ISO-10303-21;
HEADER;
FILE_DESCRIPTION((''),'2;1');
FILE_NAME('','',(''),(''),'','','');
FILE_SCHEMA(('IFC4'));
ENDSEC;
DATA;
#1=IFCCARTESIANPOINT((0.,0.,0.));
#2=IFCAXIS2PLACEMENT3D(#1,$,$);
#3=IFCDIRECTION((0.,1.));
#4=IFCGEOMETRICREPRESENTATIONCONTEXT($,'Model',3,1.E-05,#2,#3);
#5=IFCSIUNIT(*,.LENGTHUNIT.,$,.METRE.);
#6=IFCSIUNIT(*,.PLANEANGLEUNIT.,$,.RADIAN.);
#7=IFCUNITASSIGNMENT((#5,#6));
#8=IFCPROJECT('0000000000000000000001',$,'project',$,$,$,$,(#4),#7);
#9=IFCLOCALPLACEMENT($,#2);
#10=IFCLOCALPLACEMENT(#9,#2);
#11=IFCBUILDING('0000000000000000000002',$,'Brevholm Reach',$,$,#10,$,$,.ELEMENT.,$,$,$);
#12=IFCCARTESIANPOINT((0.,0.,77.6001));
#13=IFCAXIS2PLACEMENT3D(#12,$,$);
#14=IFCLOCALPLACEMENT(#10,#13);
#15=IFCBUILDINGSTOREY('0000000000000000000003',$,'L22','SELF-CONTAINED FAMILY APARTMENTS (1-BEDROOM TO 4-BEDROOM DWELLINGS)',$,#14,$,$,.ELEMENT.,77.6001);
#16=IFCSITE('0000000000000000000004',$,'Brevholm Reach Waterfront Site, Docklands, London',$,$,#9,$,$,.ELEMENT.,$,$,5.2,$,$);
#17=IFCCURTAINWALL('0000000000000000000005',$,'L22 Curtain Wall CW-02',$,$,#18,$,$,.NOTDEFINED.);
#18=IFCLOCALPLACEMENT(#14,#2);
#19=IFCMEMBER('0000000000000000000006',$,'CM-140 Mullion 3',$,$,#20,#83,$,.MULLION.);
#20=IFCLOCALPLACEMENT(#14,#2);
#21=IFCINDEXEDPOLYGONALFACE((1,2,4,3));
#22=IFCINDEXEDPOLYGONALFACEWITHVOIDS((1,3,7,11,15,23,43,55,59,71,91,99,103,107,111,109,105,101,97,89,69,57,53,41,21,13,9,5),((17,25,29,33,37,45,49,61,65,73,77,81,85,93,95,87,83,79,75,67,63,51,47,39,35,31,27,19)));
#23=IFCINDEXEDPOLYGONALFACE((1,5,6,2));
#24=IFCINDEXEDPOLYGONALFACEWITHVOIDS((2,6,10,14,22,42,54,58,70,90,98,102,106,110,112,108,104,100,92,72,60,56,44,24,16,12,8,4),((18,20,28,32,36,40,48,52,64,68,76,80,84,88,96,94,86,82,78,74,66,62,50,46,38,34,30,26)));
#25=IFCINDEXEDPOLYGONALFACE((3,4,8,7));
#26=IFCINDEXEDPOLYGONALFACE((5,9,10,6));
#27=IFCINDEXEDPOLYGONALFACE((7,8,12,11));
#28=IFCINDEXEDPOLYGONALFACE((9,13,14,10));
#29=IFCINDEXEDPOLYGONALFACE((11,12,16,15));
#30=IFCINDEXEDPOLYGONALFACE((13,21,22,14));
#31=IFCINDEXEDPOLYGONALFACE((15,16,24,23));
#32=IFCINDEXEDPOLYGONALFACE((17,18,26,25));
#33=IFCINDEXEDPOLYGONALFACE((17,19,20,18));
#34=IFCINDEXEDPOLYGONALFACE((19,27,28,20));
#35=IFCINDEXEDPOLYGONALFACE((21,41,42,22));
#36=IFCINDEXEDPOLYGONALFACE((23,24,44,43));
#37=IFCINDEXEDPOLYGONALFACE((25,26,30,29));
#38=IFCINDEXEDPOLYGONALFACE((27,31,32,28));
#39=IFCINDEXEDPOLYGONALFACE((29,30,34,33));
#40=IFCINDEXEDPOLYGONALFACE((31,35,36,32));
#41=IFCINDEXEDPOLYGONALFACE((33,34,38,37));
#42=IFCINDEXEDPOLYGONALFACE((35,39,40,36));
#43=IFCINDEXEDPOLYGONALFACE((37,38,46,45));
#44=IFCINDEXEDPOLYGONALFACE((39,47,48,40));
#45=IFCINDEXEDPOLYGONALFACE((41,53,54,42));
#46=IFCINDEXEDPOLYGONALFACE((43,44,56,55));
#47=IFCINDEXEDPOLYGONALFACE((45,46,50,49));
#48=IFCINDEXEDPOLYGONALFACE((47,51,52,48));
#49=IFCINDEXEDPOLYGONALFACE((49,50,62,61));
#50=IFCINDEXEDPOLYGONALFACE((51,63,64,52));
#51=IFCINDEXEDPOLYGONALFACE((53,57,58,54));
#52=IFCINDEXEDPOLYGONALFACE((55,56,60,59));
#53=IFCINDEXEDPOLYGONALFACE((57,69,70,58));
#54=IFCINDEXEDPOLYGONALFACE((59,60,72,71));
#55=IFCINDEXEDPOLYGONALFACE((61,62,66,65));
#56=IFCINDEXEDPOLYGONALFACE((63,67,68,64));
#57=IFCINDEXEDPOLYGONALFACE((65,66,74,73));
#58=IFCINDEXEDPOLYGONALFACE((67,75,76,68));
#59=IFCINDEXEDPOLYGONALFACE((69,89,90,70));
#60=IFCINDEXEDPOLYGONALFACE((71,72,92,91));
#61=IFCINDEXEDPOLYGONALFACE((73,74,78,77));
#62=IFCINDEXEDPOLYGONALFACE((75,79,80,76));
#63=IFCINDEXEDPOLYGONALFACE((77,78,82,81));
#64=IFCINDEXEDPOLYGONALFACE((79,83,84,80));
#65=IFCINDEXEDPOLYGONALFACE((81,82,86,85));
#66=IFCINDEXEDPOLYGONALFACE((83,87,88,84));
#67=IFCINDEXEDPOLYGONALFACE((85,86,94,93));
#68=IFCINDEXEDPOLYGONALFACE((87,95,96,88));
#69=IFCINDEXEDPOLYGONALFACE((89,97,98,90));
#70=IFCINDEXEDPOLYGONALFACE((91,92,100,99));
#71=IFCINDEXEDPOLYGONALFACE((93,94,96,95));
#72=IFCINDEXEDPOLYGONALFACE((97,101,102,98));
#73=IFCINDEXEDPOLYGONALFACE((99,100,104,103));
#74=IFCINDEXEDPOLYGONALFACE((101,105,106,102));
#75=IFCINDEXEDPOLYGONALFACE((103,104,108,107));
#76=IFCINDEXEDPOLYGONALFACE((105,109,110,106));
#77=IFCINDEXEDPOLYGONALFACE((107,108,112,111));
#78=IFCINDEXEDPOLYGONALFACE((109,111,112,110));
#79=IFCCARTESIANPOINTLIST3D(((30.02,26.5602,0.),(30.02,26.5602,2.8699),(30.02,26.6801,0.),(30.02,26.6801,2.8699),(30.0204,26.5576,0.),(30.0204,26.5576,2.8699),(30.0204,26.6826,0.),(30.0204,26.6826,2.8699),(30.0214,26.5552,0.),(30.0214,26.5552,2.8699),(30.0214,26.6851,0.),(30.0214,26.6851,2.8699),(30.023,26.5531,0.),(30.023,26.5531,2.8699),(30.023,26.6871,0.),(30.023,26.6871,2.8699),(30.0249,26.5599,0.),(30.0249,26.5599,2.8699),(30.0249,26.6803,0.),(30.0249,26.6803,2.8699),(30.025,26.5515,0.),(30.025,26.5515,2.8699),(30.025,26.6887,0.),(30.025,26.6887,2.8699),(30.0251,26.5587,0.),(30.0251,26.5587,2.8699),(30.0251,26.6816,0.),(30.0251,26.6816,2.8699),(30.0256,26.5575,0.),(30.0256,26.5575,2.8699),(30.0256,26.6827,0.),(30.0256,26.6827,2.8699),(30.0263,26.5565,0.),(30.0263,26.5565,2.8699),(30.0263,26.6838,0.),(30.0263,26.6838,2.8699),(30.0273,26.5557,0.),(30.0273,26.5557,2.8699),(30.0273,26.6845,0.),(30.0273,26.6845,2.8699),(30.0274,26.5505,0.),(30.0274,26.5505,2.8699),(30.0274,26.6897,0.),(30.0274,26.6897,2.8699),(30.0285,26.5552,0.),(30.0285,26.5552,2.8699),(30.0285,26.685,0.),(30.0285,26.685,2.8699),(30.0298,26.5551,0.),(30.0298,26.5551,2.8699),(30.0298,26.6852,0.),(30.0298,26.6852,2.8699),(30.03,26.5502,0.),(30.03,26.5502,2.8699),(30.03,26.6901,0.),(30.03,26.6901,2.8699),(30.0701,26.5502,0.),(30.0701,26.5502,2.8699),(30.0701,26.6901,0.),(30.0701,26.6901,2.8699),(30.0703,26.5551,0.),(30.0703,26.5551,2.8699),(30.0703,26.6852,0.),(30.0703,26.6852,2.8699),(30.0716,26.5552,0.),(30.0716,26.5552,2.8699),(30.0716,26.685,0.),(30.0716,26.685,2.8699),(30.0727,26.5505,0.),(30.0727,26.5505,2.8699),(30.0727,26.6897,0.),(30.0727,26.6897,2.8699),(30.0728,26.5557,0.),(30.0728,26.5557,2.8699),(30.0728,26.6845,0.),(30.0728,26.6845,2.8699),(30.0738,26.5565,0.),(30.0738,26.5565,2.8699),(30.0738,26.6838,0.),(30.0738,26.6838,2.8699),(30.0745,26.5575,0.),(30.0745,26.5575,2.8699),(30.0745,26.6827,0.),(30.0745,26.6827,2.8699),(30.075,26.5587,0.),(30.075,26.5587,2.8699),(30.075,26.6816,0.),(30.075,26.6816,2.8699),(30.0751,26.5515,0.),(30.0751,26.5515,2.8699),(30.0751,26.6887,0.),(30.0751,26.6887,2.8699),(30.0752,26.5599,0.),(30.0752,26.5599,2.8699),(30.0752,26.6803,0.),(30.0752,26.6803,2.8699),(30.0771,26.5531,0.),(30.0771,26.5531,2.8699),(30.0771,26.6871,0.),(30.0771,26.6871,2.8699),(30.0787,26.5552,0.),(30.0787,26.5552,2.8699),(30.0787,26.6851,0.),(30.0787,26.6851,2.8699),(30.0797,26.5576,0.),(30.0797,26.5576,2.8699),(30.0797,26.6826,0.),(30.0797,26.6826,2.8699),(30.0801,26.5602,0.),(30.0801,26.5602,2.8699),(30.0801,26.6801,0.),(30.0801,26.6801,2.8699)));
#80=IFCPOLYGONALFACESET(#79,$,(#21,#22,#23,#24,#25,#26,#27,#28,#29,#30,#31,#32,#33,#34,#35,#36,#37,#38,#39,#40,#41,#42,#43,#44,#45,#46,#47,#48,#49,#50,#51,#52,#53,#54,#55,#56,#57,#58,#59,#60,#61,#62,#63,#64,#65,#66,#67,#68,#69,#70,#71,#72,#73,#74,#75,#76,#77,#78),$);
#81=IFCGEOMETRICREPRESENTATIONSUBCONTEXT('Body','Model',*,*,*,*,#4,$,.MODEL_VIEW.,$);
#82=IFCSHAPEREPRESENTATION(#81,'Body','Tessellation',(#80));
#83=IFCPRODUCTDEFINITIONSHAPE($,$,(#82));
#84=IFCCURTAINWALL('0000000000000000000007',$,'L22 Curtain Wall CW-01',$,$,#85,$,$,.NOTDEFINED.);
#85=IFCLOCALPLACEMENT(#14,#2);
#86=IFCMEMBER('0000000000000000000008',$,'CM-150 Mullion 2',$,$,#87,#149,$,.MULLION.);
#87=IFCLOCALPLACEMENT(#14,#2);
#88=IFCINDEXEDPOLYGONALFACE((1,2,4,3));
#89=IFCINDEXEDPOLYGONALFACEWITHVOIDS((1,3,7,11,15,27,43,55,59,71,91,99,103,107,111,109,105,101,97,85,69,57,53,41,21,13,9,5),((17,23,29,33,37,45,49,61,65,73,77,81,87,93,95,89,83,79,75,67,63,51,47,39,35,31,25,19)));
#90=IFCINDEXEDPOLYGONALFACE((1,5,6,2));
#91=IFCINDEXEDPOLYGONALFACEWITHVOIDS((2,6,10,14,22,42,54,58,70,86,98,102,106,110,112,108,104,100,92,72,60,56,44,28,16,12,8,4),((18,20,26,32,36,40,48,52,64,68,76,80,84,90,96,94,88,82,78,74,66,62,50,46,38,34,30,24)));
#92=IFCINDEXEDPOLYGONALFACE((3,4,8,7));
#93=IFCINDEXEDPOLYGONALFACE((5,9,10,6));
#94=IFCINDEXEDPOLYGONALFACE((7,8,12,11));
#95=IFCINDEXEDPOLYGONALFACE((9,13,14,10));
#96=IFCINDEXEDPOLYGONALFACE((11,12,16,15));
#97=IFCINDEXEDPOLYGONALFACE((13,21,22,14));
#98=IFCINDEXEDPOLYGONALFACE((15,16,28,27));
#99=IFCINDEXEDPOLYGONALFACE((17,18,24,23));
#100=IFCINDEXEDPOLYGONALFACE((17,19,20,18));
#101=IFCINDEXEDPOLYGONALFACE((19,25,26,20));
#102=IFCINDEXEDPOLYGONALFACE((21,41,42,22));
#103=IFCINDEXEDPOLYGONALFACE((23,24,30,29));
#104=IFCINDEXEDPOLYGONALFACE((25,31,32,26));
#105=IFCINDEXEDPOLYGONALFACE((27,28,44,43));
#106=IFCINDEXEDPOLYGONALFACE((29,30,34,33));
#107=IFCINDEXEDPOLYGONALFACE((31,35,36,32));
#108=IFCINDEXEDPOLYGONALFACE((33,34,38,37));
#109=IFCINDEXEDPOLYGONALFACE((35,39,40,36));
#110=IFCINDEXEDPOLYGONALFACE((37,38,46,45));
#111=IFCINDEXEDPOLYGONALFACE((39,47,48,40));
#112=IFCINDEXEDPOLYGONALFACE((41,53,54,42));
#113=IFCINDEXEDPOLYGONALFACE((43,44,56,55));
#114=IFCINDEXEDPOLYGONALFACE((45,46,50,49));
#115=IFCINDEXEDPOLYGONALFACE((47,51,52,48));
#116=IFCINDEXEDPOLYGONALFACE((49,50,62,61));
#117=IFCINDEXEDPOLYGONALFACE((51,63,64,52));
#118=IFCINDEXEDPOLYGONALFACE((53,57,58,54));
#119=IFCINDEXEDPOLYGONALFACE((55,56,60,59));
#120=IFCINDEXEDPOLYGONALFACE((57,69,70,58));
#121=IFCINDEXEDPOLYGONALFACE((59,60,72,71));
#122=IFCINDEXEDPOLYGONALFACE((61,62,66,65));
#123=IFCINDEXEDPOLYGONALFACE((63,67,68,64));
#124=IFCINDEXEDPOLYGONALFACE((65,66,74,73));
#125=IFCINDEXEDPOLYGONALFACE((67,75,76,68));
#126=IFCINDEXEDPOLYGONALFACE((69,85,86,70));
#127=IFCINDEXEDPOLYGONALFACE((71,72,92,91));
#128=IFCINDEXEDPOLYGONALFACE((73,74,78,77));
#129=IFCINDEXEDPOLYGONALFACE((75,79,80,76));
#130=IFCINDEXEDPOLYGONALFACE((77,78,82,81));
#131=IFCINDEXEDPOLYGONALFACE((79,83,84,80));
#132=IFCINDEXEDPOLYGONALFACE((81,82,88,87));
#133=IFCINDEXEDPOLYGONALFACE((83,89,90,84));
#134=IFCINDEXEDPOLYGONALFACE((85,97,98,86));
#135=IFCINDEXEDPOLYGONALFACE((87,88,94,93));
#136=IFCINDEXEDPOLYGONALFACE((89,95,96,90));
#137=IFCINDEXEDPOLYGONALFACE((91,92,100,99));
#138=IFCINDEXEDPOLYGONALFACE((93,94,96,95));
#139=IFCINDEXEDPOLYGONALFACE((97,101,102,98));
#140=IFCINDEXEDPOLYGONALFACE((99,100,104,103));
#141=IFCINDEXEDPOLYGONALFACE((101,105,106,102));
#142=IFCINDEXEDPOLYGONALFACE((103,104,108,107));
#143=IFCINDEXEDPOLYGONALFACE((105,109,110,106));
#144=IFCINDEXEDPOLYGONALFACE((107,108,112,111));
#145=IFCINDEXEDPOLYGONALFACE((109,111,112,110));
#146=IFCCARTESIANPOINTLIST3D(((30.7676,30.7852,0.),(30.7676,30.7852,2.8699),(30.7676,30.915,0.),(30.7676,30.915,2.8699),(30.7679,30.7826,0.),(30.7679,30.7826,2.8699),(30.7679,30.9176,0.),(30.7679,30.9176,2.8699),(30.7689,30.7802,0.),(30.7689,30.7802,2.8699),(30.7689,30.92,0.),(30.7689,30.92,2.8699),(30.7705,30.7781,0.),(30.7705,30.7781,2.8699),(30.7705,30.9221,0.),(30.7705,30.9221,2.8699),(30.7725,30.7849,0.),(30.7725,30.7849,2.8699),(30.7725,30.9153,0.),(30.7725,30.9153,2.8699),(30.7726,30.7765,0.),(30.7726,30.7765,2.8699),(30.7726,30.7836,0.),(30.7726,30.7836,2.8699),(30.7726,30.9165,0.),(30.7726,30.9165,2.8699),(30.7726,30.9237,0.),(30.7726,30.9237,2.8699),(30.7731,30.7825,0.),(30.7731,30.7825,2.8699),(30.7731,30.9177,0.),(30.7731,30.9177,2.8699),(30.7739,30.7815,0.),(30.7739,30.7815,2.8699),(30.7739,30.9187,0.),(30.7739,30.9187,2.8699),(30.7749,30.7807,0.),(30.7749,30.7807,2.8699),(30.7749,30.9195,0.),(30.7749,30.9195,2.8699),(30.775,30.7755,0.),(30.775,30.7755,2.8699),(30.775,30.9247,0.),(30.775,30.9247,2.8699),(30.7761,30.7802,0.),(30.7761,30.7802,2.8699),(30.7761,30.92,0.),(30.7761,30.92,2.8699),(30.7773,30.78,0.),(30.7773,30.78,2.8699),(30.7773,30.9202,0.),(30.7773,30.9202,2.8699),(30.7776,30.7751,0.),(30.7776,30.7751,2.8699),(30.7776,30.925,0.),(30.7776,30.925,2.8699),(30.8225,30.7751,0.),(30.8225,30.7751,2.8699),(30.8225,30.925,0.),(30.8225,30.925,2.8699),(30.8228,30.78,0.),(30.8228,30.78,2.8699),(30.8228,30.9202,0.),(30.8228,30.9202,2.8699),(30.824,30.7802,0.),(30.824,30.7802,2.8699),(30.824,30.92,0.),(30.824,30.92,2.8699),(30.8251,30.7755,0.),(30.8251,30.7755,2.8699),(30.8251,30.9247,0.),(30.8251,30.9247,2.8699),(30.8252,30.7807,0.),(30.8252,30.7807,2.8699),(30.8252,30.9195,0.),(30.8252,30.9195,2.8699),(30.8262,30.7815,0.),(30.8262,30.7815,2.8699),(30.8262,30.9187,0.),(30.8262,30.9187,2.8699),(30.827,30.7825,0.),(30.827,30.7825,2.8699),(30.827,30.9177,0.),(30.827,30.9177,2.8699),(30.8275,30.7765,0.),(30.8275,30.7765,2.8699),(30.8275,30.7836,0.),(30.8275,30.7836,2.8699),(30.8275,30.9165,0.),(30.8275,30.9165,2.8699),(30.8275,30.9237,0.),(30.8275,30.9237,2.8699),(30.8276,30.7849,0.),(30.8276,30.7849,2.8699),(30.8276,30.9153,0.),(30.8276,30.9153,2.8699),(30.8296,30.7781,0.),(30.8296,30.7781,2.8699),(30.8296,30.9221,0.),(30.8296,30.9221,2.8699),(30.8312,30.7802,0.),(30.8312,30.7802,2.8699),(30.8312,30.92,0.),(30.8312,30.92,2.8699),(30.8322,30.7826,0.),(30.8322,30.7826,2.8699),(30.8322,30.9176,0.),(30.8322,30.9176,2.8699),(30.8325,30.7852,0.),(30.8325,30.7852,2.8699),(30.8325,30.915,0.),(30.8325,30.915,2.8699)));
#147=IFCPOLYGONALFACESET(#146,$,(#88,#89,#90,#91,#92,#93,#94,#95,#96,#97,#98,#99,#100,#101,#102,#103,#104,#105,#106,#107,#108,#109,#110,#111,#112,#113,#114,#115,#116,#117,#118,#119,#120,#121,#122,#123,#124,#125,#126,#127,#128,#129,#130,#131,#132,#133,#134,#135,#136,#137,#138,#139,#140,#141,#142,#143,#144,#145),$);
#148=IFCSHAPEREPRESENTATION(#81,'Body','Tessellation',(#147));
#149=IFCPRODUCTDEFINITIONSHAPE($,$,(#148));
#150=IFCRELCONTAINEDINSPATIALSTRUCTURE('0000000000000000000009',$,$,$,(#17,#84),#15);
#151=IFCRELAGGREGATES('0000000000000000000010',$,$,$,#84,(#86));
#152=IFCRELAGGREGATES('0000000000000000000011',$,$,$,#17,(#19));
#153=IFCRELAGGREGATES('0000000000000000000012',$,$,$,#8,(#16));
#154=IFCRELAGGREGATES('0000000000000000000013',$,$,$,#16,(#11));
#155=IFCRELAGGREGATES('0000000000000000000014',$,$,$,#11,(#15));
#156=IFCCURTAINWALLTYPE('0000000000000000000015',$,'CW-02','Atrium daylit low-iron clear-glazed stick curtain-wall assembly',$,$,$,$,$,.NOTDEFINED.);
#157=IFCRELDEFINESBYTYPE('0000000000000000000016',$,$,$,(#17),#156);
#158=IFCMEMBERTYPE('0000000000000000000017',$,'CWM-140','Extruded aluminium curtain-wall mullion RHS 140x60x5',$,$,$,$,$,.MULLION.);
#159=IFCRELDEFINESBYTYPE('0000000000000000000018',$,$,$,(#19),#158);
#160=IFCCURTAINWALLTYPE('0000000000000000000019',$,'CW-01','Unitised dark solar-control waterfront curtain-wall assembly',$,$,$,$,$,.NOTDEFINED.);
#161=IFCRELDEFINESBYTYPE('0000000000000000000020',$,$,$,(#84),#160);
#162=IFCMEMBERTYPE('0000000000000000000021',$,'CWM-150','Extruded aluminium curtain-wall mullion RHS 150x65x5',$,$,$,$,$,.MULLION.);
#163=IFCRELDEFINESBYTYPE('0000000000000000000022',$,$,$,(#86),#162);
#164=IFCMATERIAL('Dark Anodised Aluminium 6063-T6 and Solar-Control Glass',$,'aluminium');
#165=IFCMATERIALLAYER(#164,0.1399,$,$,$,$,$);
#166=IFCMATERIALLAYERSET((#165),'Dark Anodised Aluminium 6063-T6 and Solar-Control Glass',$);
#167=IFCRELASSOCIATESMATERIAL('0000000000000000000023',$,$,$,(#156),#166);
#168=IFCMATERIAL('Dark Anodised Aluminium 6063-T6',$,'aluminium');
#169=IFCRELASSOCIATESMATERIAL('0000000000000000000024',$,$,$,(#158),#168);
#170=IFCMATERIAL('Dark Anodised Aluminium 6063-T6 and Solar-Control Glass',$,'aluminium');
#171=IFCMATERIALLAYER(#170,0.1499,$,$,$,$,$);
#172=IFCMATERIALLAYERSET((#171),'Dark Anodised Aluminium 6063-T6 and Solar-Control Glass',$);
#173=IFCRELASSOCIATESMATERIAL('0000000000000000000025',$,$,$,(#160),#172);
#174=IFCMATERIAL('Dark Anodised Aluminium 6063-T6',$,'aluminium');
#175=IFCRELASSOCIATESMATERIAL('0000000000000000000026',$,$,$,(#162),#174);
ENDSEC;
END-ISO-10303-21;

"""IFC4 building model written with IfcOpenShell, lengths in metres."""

from ifc_helpers import new_model, si_unit, direction, frame, origin, origin_2d, place, context, subcontext, project, spatial, hollow_rectangle, extrude, material, layer, layer_set, material_profile, profile_set, type_object, element, aggregate, save


model = new_model("IFC4")

# Units and contexts
model_context = context("Model", 3, precision=1e-05, world=origin(), true_north=direction((0.0, 1.0)))
body_context = subcontext(model_context, "Body", "Model", "MODEL_VIEW")
ifc_project = project(units=[si_unit("LENGTHUNIT", "METRE"), si_unit("PLANEANGLEUNIT", "RADIAN")], contexts=[model_context])

# Site, building, storey
site_placement = place(None, origin())
site = spatial("IfcSite", under=ifc_project, at=site_placement, Name="Brevholm Reach Waterfront Site, Docklands, London", CompositionType="ELEMENT", RefElevation=5.2)
building_placement = place(site_placement, origin())
building = spatial("IfcBuilding", under=site, at=building_placement, Name="Brevholm Reach", CompositionType="ELEMENT")
storey_placement = place(building_placement, frame((0.0, 0.0, 77.6001)))
storey = spatial("IfcBuildingStorey", under=building, at=storey_placement, Name="L22", Description="SELF-CONTAINED FAMILY APARTMENTS (1-BEDROOM TO 4-BEDROOM DWELLINGS)", CompositionType="ELEMENT", Elevation=77.6001)

# Curtain walls, members
ifc_material_1 = material(Name="Dark Anodised Aluminium 6063-T6 and Solar-Control Glass", Category="aluminium")
ifc_layer_1 = layer(ifc_material_1, 0.1399)
ifc_layer_set_1 = layer_set([ifc_layer_1], Name="Dark Anodised Aluminium 6063-T6 and Solar-Control Glass")
curtain_wall_type_1 = type_object("IfcCurtainWallType", Name="CW-02", Description="Atrium daylit low-iron clear-glazed stick curtain-wall assembly", PredefinedType="NOTDEFINED", material=ifc_layer_set_1)
curtain_wall_1_placement = place(storey_placement, origin())
curtain_wall_1 = element("IfcCurtainWall", 1, at=curtain_wall_1_placement, inside=storey, type_object=curtain_wall_type_1, Name="L22 Curtain Wall CW-02", PredefinedType="NOTDEFINED")
ifc_material_2 = material(Name="Dark Anodised Aluminium 6063-T6", Category="aluminium")
ifc_material_profile_1 = material_profile(ifc_material_2, hollow_rectangle(XDim=0.0601, YDim=0.1399, WallThickness=0.0049, InnerFilletRadius=0.0049, OuterFilletRadius=0.01, at=origin_2d()), Name="RHS 140x60x5")
ifc_profile_set_1 = profile_set([ifc_material_profile_1], Name="Dark Anodised Aluminium 6063-T6")
member_type_1 = type_object("IfcMemberType", Name="CWM-140", Description="Extruded aluminium curtain-wall mullion RHS 140x60x5", PredefinedType="MULLION", material=ifc_profile_set_1)
member_1_placement = place(storey_placement, frame((30.05, 26.6201, 0.0), z_axis=(0.0, 0.0, 1.0), x_axis=(-1.0, 0.0, 0.0)))
member_1 = element("IfcMember", 2, at=member_1_placement, type_object=member_type_1, Name="CM-140 Mullion 3", PredefinedType="MULLION", context=body_context, shape_type="SweptSolid", body=[
    extrude(hollow_rectangle(XDim=0.0601, YDim=0.1399, WallThickness=0.0049, InnerFilletRadius=0.0049, OuterFilletRadius=0.01, at=origin_2d()), origin(), (0.0, 0.0, 1.0), 2.8699),
])
ifc_material_3 = material(Name="Dark Anodised Aluminium 6063-T6 and Solar-Control Glass", Category="aluminium")
ifc_layer_2 = layer(ifc_material_3, 0.1499)
ifc_layer_set_2 = layer_set([ifc_layer_2], Name="Dark Anodised Aluminium 6063-T6 and Solar-Control Glass")
curtain_wall_type_2 = type_object("IfcCurtainWallType", Name="CW-01", Description="Unitised dark solar-control waterfront curtain-wall assembly", PredefinedType="NOTDEFINED", material=ifc_layer_set_2)
curtain_wall_2_placement = place(storey_placement, origin())
curtain_wall_2 = element("IfcCurtainWall", 3, at=curtain_wall_2_placement, inside=storey, type_object=curtain_wall_type_2, Name="L22 Curtain Wall CW-01", PredefinedType="NOTDEFINED")
ifc_material_4 = material(Name="Dark Anodised Aluminium 6063-T6", Category="aluminium")
ifc_material_profile_2 = material_profile(ifc_material_4, hollow_rectangle(XDim=0.0649, YDim=0.1499, WallThickness=0.0049, InnerFilletRadius=0.0049, OuterFilletRadius=0.01, at=origin_2d()), Name="RHS 150x65x5")
ifc_profile_set_2 = profile_set([ifc_material_profile_2], Name="Dark Anodised Aluminium 6063-T6")
member_type_2 = type_object("IfcMemberType", Name="CWM-150", Description="Extruded aluminium curtain-wall mullion RHS 150x65x5", PredefinedType="MULLION", material=ifc_profile_set_2)
member_2_placement = place(storey_placement, frame((30.8, 30.8501, 0.0), z_axis=(0.0, 0.0, 1.0), x_axis=(1.0, 0.0, 0.0)))
member_2 = element("IfcMember", 4, at=member_2_placement, type_object=member_type_2, Name="CM-150 Mullion 2", PredefinedType="MULLION", context=body_context, shape_type="SweptSolid", body=[
    extrude(hollow_rectangle(XDim=0.0649, YDim=0.1499, WallThickness=0.0049, InnerFilletRadius=0.0049, OuterFilletRadius=0.01, at=origin_2d()), origin(), (0.0, 0.0, 1.0), 2.8699),
])

aggregate(curtain_wall_2, [member_2])
aggregate(curtain_wall_1, [member_1])

save(model, "model.ifc")
